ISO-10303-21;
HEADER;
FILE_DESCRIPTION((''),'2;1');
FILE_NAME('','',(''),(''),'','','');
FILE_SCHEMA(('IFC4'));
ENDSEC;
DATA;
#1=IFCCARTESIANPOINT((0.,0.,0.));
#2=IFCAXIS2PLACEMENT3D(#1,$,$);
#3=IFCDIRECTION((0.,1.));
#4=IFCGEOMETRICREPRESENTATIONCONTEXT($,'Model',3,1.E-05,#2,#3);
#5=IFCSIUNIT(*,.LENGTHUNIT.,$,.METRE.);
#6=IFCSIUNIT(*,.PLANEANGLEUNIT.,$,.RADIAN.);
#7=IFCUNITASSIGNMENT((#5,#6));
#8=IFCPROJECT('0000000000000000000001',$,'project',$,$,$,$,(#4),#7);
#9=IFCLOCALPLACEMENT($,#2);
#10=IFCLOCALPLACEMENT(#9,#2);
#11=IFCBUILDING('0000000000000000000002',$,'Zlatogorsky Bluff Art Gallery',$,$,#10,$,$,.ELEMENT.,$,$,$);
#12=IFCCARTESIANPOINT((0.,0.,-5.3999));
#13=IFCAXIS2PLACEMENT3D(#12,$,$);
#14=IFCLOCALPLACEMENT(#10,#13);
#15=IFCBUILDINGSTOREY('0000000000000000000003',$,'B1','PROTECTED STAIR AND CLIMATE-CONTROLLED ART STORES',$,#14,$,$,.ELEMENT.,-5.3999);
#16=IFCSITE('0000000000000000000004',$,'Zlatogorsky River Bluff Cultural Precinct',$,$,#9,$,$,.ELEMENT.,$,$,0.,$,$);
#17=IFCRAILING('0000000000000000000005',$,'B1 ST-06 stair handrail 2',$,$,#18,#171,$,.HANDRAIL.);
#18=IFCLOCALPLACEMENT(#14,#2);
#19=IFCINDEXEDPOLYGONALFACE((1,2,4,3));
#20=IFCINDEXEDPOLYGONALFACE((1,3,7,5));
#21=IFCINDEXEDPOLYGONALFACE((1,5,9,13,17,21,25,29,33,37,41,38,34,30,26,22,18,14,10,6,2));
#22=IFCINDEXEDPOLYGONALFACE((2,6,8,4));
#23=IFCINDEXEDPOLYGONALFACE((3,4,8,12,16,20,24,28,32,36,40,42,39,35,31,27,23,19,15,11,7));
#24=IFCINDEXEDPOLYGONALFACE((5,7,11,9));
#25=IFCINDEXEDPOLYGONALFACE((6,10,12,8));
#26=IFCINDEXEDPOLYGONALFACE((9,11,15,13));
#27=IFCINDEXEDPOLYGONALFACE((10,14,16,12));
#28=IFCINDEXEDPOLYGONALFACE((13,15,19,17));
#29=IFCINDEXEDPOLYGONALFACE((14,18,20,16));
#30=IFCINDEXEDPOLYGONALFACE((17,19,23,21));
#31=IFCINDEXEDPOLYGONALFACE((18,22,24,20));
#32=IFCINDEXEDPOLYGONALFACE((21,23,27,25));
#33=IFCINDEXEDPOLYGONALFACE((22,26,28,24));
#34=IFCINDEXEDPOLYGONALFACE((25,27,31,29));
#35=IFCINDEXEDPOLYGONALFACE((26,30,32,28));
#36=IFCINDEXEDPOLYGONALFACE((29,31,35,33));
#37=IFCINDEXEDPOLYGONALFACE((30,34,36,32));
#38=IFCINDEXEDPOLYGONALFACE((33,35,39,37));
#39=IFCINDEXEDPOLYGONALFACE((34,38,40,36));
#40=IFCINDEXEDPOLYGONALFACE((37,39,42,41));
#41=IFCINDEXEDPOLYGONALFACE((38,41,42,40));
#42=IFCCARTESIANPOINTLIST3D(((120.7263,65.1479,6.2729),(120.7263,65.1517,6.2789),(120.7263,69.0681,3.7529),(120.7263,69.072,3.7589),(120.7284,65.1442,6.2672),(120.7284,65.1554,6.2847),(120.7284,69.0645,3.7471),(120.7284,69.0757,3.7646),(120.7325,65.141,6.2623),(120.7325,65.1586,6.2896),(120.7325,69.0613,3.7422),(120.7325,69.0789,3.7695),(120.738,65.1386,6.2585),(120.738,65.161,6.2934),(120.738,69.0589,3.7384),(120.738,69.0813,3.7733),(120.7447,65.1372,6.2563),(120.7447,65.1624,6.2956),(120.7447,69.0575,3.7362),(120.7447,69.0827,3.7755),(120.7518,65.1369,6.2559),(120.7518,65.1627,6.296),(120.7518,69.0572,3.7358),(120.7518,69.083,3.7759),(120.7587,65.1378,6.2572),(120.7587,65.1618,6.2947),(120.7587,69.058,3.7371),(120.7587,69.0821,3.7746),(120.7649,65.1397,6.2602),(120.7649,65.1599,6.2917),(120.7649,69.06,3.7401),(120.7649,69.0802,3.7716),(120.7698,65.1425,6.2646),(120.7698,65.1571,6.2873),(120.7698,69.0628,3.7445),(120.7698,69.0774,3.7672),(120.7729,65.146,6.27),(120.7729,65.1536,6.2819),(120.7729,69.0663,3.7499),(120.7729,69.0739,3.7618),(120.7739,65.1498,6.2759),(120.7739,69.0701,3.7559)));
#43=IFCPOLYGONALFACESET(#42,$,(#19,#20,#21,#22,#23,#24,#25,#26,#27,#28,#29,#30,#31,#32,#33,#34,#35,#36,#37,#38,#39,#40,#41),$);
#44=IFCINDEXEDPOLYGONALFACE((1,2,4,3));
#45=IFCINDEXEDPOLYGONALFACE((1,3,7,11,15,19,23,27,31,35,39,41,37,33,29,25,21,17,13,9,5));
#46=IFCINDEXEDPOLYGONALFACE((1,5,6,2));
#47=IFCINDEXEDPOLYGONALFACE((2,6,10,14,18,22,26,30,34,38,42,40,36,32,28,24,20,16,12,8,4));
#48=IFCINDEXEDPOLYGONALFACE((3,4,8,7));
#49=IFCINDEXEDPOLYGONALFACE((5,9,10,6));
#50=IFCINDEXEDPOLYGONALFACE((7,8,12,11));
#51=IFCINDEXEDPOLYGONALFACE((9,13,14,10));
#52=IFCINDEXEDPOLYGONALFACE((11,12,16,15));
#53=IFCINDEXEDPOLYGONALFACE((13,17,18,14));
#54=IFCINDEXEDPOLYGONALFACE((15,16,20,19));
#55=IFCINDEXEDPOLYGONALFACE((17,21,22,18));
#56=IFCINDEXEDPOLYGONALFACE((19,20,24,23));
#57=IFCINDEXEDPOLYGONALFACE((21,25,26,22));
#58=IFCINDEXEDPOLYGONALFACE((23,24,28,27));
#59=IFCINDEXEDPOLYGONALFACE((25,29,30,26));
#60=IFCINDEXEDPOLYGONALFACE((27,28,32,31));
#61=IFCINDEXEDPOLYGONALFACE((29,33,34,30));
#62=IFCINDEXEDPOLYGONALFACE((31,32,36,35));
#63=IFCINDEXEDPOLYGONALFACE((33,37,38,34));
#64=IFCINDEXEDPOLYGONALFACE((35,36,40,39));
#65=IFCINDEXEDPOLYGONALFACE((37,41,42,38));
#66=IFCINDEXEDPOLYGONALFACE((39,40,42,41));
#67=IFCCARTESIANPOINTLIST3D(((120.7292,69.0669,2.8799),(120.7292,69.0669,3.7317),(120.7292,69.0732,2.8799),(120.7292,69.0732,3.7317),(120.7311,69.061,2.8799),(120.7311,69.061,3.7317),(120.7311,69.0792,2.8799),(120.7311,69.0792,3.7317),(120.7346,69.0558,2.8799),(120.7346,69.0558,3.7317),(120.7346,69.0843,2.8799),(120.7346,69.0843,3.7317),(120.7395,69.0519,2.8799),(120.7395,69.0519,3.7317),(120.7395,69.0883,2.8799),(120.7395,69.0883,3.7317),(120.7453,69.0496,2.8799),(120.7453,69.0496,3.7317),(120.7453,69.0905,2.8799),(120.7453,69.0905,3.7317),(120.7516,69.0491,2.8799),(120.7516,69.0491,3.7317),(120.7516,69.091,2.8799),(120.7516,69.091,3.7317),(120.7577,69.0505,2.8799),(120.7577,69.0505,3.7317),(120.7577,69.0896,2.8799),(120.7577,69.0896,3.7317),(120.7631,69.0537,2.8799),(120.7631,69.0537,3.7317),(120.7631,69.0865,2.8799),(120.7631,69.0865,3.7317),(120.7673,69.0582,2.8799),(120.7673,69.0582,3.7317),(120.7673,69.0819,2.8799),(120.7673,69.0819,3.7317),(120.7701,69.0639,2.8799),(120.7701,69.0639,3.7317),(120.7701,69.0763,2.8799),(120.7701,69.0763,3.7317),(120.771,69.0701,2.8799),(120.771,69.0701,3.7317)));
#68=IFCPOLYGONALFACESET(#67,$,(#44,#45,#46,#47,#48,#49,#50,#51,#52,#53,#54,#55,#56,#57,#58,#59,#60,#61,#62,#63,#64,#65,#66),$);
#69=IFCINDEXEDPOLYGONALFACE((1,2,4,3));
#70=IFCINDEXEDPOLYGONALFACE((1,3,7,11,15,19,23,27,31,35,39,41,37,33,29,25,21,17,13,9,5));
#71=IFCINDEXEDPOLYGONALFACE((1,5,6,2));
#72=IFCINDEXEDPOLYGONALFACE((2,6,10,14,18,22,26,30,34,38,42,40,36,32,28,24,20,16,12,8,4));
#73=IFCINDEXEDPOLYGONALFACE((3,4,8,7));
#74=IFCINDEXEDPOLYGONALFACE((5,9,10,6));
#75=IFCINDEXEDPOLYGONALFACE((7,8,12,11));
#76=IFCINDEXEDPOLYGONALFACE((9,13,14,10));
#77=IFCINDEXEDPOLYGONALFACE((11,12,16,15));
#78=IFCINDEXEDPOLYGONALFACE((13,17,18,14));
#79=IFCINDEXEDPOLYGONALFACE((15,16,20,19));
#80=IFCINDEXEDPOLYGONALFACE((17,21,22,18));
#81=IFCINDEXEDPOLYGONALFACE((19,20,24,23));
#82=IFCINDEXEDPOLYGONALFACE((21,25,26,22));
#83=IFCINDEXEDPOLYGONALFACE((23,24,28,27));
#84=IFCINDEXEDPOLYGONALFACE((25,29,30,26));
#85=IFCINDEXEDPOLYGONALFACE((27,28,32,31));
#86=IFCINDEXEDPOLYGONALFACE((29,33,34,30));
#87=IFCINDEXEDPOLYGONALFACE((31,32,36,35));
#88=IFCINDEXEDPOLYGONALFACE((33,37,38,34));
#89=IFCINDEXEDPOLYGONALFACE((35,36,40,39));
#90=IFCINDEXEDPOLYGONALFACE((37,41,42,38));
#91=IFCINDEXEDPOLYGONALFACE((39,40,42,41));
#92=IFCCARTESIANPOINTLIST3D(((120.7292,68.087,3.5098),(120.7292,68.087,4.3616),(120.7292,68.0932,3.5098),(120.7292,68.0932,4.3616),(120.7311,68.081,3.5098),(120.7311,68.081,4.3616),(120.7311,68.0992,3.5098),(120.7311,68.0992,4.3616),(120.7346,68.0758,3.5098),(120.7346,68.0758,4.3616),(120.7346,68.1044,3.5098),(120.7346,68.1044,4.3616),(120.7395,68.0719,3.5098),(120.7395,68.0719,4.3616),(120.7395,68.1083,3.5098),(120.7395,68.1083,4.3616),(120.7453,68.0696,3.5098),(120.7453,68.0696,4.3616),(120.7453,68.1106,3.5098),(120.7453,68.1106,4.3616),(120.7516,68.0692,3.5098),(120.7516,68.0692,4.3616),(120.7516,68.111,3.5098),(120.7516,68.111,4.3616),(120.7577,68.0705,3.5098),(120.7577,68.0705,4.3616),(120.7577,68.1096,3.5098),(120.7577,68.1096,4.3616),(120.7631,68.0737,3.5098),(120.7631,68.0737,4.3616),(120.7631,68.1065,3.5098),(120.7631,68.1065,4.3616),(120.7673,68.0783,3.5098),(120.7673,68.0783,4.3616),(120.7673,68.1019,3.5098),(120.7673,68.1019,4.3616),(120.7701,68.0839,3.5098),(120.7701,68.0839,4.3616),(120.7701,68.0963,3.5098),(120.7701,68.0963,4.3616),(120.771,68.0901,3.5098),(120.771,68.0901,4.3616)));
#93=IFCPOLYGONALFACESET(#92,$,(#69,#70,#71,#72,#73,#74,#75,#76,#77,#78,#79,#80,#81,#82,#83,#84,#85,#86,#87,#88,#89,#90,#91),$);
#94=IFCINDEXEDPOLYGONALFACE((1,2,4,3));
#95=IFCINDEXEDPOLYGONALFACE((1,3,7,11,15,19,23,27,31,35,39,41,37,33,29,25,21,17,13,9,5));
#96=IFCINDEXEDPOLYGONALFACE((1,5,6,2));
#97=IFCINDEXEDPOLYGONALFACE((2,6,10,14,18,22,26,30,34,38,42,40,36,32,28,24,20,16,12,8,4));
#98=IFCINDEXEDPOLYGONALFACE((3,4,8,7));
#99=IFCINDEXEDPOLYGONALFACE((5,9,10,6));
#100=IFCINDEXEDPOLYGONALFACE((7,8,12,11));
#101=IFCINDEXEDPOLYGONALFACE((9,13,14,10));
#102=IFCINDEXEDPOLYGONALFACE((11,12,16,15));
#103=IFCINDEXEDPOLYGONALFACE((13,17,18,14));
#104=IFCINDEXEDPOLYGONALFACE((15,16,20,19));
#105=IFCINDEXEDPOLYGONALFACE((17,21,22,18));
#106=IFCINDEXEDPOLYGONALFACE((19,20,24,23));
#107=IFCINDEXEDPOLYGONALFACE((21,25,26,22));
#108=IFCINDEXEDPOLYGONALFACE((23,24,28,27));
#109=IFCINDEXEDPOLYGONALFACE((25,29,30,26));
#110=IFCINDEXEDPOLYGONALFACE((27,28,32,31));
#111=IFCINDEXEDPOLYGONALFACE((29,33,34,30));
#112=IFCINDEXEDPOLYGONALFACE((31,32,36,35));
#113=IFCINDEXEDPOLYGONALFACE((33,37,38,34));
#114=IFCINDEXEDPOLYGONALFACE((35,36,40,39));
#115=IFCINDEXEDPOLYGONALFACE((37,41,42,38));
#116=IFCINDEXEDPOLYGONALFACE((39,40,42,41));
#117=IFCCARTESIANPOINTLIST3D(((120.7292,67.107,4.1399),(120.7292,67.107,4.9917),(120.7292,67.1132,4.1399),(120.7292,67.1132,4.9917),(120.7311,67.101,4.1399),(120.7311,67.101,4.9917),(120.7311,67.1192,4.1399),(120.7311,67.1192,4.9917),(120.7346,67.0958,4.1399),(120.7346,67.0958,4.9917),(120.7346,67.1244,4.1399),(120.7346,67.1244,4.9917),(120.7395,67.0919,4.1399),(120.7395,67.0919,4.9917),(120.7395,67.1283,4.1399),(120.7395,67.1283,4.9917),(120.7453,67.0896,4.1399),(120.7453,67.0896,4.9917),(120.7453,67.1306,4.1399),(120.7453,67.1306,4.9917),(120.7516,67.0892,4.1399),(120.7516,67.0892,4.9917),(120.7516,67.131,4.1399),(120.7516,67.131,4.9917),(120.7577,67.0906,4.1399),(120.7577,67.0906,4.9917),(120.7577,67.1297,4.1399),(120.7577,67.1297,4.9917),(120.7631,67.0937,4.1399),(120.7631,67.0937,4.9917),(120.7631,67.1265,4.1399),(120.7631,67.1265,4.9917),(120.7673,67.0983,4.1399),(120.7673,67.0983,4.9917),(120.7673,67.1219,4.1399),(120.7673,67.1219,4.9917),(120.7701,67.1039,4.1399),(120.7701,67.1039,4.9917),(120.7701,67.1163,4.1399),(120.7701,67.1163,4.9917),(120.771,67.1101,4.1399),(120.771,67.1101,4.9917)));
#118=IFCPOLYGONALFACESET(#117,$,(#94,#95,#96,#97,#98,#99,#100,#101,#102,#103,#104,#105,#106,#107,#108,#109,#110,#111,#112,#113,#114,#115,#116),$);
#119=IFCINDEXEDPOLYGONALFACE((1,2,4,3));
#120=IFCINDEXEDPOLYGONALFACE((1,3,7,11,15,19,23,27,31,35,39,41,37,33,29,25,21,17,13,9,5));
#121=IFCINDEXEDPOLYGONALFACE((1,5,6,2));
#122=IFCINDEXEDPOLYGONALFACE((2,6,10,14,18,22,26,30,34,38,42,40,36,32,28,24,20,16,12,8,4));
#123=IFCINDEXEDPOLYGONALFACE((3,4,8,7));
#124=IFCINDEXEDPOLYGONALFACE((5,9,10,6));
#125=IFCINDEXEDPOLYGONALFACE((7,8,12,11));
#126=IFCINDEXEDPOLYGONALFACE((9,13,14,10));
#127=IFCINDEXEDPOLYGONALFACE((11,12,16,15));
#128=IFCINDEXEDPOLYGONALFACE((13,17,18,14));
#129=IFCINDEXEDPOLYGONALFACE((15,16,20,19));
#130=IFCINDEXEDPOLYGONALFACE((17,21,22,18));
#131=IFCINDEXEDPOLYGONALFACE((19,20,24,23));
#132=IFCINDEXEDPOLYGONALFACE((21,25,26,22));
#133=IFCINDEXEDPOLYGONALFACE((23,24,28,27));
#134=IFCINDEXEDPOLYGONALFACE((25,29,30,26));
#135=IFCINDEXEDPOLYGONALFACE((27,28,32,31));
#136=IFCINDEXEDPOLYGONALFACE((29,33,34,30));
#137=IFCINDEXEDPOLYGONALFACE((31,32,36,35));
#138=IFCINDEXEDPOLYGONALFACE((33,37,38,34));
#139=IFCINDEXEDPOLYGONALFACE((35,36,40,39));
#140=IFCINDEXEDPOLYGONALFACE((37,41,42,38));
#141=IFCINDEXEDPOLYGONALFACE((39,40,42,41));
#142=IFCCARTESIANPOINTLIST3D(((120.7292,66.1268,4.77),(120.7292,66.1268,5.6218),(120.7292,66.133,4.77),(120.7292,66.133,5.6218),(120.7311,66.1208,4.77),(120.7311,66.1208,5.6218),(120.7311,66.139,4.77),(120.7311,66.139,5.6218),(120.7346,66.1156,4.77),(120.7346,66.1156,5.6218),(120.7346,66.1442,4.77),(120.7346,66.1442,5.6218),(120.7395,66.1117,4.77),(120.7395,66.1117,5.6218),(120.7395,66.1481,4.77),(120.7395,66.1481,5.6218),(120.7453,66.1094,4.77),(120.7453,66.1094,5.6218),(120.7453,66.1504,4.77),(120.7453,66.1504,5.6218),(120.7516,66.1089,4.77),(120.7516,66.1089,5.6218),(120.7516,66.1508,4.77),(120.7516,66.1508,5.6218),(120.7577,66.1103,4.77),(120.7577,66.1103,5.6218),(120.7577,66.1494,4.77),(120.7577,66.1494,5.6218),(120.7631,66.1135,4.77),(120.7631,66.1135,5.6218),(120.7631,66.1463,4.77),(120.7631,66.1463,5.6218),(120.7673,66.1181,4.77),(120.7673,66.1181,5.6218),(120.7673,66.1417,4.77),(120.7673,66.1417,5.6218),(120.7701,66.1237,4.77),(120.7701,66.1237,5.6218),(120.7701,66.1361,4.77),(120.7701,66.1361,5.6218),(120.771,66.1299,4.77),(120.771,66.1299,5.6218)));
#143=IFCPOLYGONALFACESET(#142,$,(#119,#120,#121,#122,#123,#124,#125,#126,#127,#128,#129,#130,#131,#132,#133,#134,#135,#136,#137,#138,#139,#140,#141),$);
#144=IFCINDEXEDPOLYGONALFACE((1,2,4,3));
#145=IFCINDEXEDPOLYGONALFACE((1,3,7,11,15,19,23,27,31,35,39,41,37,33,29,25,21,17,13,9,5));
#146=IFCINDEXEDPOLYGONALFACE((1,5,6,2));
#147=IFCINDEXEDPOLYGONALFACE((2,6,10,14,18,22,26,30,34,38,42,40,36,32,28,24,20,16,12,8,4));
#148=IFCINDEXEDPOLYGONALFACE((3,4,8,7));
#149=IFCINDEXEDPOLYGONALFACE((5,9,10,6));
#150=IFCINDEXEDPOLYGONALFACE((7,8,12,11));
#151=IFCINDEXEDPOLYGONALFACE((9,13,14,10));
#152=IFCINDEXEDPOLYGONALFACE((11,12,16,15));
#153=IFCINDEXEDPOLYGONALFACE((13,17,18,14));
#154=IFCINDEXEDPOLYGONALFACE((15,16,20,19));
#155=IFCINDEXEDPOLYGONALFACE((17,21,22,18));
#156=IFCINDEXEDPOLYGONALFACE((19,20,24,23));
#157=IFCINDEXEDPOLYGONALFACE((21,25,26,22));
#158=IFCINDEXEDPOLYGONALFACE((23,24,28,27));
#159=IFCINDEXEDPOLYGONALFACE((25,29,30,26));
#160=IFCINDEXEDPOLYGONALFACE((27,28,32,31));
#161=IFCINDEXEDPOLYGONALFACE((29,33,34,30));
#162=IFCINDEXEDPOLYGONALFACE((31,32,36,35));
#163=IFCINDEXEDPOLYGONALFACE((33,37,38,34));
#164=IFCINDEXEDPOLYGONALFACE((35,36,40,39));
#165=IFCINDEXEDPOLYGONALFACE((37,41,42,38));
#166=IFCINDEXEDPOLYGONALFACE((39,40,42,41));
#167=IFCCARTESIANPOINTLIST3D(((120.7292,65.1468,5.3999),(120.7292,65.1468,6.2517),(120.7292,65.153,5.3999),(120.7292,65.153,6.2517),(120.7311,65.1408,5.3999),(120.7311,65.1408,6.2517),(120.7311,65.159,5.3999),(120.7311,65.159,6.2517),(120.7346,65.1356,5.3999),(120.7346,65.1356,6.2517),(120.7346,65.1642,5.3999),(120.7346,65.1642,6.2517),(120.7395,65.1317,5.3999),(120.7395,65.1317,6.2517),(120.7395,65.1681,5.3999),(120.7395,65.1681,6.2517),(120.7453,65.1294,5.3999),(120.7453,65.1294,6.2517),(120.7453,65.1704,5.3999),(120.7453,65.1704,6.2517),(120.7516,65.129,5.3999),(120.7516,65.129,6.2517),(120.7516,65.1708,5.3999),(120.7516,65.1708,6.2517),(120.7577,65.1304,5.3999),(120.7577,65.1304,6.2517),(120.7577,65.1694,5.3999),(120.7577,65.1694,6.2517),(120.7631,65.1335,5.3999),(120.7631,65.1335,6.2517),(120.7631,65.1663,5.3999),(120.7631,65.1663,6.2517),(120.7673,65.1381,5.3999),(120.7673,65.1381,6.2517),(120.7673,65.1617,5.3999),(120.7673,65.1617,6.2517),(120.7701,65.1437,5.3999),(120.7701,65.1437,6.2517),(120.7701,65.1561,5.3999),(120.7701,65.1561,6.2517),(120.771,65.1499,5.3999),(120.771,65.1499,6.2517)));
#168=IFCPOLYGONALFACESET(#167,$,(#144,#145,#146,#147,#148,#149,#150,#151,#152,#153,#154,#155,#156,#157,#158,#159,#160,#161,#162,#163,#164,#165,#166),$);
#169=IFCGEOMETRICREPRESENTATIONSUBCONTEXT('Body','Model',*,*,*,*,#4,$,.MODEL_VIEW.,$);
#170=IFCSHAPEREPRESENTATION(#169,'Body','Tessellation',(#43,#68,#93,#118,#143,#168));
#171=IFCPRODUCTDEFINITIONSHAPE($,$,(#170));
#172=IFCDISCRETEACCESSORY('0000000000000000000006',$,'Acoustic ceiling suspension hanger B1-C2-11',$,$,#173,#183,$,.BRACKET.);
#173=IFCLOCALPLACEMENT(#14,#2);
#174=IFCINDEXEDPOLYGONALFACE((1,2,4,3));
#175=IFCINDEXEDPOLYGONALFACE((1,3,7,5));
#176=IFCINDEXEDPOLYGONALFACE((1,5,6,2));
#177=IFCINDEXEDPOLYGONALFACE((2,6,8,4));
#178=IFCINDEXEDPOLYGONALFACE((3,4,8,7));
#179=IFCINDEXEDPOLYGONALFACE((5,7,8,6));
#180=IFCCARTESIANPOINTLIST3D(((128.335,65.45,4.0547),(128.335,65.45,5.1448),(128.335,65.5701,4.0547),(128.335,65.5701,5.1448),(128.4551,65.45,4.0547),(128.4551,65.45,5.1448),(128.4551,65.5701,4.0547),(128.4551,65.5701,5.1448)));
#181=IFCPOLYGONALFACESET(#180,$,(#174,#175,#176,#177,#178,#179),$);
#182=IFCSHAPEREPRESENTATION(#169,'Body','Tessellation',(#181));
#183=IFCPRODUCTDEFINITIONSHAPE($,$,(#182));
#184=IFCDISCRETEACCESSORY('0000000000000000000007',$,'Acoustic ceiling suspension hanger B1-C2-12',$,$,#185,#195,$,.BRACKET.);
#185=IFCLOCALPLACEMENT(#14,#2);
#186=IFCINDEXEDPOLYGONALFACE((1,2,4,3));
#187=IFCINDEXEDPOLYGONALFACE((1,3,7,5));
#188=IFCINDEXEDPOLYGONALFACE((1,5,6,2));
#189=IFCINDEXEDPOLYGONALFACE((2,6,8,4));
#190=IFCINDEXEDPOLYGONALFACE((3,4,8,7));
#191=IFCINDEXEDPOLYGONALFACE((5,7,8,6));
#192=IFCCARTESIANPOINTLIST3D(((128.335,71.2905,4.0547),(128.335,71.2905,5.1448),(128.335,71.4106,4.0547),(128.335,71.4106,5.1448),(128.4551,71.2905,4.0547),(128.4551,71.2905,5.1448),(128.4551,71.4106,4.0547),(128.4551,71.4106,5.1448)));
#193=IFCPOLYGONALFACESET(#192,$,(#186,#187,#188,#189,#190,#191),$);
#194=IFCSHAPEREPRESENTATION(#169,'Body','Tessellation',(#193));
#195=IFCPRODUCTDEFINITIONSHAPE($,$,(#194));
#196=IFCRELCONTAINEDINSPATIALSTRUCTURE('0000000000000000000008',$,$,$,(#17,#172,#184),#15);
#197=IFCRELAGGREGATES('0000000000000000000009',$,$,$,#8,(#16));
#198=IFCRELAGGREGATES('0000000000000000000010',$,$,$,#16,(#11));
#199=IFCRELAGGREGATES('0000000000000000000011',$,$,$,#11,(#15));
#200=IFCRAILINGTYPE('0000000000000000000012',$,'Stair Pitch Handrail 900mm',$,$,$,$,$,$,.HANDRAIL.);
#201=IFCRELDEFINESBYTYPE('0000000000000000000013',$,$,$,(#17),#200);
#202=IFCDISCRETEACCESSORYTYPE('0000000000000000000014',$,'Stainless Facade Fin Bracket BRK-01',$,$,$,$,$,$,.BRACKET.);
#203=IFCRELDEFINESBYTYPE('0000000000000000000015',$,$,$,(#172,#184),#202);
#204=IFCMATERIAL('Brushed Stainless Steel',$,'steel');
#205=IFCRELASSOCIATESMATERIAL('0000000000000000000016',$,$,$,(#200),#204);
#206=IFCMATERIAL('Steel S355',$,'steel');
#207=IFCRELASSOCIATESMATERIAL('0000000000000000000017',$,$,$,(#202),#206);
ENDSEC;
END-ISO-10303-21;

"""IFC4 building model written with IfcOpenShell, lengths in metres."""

from ifc_helpers import new_model, si_unit, direction, frame, origin, origin_2d, place, context, subcontext, project, spatial, rectangle, circle, extrude, material, type_object, element, save


model = new_model("IFC4")

# Units and contexts
model_context = context("Model", 3, precision=1e-05, world=origin(), true_north=direction((0.0, 1.0)))
body_context = subcontext(model_context, "Body", "Model", "MODEL_VIEW")
ifc_project = project(units=[si_unit("LENGTHUNIT", "METRE"), si_unit("PLANEANGLEUNIT", "RADIAN")], contexts=[model_context])

# Site, building, storey
site_placement = place(None, origin())
site = spatial("IfcSite", under=ifc_project, at=site_placement, Name="Zlatogorsky River Bluff Cultural Precinct", CompositionType="ELEMENT", RefElevation=0.0)
building_placement = place(site_placement, origin())
building = spatial("IfcBuilding", under=site, at=building_placement, Name="Zlatogorsky Bluff Art Gallery", CompositionType="ELEMENT")
storey_placement = place(building_placement, frame((0.0, 0.0, -5.3999)))
storey = spatial("IfcBuildingStorey", under=building, at=storey_placement, Name="B1", Description="PROTECTED STAIR AND CLIMATE-CONTROLLED ART STORES", CompositionType="ELEMENT", Elevation=-5.3999)

# Shared definitions
ifc_material_1 = material(Name="Steel S355", Category="steel")

# Railing
ifc_material_2 = material(Name="Brushed Stainless Steel", Category="steel")
railing_type_1 = type_object("IfcRailingType", Name="Stair Pitch Handrail 900mm", PredefinedType="HANDRAIL", material=ifc_material_2)
railing_1_placement = place(storey_placement, frame((120.75, 69.0701, 2.8799)))
element("IfcRailing", 1, at=railing_1_placement, inside=storey, type_object=railing_type_1, Name="B1 ST-06 stair handrail 2", PredefinedType="HANDRAIL", context=body_context, shape_type="SweptSolid", body=[
    extrude(circle(Radius=0.0239, at=origin_2d()), frame((0.0, 0.0, 0.876), z_axis=(0.0, -0.841187, 0.540744), x_axis=(1.0, 0.0, 0.0)), (0.0, 0.0, 1.0), 4.6604),
    extrude(circle(Radius=0.021, at=origin_2d()), origin(), (0.0, 0.0, 1.0), 0.8518),
    extrude(circle(Radius=0.021, at=origin_2d()), frame((0.0, -0.98, 0.6299)), (0.0, 0.0, 1.0), 0.8518),
    extrude(circle(Radius=0.021, at=origin_2d()), frame((0.0, -1.96, 1.26)), (0.0, 0.0, 1.0), 0.8518),
    extrude(circle(Radius=0.021, at=origin_2d()), frame((0.0, -2.9402, 1.8901)), (0.0, 0.0, 1.0), 0.8518),
    extrude(circle(Radius=0.021, at=origin_2d()), frame((0.0, -3.9202, 2.52)), (0.0, 0.0, 1.0), 0.8518),
])

# Discrete accessories
discrete_accessory_type = type_object("IfcDiscreteAccessoryType", Name="Stainless Facade Fin Bracket BRK-01", PredefinedType="BRACKET", material=ifc_material_1)
for number, where, z_axis, x_axis, name in (
    (2, (128.395, 65.51, 4.0547), (0.0, 0.0, 1.0), (1.0, 0.0, 0.0), "Acoustic ceiling suspension hanger B1-C2-11"),
    (3, (128.395, 71.3506, 4.0547), (0.0, 0.0, 1.0), (1.0, 0.0, 0.0), "Acoustic ceiling suspension hanger B1-C2-12"),
):
    element("IfcDiscreteAccessory", number, at=place(storey_placement, frame(where, z_axis=z_axis, x_axis=x_axis)), inside=storey, type_object=discrete_accessory_type, Name=name, PredefinedType="BRACKET", context=body_context, shape_type="SweptSolid", body=[
        extrude(rectangle(XDim=0.1201, YDim=0.1201, at=origin_2d()), origin(), (0.0, 0.0, 1.0), 1.0901),
    ])

save(model, "model.ifc")
